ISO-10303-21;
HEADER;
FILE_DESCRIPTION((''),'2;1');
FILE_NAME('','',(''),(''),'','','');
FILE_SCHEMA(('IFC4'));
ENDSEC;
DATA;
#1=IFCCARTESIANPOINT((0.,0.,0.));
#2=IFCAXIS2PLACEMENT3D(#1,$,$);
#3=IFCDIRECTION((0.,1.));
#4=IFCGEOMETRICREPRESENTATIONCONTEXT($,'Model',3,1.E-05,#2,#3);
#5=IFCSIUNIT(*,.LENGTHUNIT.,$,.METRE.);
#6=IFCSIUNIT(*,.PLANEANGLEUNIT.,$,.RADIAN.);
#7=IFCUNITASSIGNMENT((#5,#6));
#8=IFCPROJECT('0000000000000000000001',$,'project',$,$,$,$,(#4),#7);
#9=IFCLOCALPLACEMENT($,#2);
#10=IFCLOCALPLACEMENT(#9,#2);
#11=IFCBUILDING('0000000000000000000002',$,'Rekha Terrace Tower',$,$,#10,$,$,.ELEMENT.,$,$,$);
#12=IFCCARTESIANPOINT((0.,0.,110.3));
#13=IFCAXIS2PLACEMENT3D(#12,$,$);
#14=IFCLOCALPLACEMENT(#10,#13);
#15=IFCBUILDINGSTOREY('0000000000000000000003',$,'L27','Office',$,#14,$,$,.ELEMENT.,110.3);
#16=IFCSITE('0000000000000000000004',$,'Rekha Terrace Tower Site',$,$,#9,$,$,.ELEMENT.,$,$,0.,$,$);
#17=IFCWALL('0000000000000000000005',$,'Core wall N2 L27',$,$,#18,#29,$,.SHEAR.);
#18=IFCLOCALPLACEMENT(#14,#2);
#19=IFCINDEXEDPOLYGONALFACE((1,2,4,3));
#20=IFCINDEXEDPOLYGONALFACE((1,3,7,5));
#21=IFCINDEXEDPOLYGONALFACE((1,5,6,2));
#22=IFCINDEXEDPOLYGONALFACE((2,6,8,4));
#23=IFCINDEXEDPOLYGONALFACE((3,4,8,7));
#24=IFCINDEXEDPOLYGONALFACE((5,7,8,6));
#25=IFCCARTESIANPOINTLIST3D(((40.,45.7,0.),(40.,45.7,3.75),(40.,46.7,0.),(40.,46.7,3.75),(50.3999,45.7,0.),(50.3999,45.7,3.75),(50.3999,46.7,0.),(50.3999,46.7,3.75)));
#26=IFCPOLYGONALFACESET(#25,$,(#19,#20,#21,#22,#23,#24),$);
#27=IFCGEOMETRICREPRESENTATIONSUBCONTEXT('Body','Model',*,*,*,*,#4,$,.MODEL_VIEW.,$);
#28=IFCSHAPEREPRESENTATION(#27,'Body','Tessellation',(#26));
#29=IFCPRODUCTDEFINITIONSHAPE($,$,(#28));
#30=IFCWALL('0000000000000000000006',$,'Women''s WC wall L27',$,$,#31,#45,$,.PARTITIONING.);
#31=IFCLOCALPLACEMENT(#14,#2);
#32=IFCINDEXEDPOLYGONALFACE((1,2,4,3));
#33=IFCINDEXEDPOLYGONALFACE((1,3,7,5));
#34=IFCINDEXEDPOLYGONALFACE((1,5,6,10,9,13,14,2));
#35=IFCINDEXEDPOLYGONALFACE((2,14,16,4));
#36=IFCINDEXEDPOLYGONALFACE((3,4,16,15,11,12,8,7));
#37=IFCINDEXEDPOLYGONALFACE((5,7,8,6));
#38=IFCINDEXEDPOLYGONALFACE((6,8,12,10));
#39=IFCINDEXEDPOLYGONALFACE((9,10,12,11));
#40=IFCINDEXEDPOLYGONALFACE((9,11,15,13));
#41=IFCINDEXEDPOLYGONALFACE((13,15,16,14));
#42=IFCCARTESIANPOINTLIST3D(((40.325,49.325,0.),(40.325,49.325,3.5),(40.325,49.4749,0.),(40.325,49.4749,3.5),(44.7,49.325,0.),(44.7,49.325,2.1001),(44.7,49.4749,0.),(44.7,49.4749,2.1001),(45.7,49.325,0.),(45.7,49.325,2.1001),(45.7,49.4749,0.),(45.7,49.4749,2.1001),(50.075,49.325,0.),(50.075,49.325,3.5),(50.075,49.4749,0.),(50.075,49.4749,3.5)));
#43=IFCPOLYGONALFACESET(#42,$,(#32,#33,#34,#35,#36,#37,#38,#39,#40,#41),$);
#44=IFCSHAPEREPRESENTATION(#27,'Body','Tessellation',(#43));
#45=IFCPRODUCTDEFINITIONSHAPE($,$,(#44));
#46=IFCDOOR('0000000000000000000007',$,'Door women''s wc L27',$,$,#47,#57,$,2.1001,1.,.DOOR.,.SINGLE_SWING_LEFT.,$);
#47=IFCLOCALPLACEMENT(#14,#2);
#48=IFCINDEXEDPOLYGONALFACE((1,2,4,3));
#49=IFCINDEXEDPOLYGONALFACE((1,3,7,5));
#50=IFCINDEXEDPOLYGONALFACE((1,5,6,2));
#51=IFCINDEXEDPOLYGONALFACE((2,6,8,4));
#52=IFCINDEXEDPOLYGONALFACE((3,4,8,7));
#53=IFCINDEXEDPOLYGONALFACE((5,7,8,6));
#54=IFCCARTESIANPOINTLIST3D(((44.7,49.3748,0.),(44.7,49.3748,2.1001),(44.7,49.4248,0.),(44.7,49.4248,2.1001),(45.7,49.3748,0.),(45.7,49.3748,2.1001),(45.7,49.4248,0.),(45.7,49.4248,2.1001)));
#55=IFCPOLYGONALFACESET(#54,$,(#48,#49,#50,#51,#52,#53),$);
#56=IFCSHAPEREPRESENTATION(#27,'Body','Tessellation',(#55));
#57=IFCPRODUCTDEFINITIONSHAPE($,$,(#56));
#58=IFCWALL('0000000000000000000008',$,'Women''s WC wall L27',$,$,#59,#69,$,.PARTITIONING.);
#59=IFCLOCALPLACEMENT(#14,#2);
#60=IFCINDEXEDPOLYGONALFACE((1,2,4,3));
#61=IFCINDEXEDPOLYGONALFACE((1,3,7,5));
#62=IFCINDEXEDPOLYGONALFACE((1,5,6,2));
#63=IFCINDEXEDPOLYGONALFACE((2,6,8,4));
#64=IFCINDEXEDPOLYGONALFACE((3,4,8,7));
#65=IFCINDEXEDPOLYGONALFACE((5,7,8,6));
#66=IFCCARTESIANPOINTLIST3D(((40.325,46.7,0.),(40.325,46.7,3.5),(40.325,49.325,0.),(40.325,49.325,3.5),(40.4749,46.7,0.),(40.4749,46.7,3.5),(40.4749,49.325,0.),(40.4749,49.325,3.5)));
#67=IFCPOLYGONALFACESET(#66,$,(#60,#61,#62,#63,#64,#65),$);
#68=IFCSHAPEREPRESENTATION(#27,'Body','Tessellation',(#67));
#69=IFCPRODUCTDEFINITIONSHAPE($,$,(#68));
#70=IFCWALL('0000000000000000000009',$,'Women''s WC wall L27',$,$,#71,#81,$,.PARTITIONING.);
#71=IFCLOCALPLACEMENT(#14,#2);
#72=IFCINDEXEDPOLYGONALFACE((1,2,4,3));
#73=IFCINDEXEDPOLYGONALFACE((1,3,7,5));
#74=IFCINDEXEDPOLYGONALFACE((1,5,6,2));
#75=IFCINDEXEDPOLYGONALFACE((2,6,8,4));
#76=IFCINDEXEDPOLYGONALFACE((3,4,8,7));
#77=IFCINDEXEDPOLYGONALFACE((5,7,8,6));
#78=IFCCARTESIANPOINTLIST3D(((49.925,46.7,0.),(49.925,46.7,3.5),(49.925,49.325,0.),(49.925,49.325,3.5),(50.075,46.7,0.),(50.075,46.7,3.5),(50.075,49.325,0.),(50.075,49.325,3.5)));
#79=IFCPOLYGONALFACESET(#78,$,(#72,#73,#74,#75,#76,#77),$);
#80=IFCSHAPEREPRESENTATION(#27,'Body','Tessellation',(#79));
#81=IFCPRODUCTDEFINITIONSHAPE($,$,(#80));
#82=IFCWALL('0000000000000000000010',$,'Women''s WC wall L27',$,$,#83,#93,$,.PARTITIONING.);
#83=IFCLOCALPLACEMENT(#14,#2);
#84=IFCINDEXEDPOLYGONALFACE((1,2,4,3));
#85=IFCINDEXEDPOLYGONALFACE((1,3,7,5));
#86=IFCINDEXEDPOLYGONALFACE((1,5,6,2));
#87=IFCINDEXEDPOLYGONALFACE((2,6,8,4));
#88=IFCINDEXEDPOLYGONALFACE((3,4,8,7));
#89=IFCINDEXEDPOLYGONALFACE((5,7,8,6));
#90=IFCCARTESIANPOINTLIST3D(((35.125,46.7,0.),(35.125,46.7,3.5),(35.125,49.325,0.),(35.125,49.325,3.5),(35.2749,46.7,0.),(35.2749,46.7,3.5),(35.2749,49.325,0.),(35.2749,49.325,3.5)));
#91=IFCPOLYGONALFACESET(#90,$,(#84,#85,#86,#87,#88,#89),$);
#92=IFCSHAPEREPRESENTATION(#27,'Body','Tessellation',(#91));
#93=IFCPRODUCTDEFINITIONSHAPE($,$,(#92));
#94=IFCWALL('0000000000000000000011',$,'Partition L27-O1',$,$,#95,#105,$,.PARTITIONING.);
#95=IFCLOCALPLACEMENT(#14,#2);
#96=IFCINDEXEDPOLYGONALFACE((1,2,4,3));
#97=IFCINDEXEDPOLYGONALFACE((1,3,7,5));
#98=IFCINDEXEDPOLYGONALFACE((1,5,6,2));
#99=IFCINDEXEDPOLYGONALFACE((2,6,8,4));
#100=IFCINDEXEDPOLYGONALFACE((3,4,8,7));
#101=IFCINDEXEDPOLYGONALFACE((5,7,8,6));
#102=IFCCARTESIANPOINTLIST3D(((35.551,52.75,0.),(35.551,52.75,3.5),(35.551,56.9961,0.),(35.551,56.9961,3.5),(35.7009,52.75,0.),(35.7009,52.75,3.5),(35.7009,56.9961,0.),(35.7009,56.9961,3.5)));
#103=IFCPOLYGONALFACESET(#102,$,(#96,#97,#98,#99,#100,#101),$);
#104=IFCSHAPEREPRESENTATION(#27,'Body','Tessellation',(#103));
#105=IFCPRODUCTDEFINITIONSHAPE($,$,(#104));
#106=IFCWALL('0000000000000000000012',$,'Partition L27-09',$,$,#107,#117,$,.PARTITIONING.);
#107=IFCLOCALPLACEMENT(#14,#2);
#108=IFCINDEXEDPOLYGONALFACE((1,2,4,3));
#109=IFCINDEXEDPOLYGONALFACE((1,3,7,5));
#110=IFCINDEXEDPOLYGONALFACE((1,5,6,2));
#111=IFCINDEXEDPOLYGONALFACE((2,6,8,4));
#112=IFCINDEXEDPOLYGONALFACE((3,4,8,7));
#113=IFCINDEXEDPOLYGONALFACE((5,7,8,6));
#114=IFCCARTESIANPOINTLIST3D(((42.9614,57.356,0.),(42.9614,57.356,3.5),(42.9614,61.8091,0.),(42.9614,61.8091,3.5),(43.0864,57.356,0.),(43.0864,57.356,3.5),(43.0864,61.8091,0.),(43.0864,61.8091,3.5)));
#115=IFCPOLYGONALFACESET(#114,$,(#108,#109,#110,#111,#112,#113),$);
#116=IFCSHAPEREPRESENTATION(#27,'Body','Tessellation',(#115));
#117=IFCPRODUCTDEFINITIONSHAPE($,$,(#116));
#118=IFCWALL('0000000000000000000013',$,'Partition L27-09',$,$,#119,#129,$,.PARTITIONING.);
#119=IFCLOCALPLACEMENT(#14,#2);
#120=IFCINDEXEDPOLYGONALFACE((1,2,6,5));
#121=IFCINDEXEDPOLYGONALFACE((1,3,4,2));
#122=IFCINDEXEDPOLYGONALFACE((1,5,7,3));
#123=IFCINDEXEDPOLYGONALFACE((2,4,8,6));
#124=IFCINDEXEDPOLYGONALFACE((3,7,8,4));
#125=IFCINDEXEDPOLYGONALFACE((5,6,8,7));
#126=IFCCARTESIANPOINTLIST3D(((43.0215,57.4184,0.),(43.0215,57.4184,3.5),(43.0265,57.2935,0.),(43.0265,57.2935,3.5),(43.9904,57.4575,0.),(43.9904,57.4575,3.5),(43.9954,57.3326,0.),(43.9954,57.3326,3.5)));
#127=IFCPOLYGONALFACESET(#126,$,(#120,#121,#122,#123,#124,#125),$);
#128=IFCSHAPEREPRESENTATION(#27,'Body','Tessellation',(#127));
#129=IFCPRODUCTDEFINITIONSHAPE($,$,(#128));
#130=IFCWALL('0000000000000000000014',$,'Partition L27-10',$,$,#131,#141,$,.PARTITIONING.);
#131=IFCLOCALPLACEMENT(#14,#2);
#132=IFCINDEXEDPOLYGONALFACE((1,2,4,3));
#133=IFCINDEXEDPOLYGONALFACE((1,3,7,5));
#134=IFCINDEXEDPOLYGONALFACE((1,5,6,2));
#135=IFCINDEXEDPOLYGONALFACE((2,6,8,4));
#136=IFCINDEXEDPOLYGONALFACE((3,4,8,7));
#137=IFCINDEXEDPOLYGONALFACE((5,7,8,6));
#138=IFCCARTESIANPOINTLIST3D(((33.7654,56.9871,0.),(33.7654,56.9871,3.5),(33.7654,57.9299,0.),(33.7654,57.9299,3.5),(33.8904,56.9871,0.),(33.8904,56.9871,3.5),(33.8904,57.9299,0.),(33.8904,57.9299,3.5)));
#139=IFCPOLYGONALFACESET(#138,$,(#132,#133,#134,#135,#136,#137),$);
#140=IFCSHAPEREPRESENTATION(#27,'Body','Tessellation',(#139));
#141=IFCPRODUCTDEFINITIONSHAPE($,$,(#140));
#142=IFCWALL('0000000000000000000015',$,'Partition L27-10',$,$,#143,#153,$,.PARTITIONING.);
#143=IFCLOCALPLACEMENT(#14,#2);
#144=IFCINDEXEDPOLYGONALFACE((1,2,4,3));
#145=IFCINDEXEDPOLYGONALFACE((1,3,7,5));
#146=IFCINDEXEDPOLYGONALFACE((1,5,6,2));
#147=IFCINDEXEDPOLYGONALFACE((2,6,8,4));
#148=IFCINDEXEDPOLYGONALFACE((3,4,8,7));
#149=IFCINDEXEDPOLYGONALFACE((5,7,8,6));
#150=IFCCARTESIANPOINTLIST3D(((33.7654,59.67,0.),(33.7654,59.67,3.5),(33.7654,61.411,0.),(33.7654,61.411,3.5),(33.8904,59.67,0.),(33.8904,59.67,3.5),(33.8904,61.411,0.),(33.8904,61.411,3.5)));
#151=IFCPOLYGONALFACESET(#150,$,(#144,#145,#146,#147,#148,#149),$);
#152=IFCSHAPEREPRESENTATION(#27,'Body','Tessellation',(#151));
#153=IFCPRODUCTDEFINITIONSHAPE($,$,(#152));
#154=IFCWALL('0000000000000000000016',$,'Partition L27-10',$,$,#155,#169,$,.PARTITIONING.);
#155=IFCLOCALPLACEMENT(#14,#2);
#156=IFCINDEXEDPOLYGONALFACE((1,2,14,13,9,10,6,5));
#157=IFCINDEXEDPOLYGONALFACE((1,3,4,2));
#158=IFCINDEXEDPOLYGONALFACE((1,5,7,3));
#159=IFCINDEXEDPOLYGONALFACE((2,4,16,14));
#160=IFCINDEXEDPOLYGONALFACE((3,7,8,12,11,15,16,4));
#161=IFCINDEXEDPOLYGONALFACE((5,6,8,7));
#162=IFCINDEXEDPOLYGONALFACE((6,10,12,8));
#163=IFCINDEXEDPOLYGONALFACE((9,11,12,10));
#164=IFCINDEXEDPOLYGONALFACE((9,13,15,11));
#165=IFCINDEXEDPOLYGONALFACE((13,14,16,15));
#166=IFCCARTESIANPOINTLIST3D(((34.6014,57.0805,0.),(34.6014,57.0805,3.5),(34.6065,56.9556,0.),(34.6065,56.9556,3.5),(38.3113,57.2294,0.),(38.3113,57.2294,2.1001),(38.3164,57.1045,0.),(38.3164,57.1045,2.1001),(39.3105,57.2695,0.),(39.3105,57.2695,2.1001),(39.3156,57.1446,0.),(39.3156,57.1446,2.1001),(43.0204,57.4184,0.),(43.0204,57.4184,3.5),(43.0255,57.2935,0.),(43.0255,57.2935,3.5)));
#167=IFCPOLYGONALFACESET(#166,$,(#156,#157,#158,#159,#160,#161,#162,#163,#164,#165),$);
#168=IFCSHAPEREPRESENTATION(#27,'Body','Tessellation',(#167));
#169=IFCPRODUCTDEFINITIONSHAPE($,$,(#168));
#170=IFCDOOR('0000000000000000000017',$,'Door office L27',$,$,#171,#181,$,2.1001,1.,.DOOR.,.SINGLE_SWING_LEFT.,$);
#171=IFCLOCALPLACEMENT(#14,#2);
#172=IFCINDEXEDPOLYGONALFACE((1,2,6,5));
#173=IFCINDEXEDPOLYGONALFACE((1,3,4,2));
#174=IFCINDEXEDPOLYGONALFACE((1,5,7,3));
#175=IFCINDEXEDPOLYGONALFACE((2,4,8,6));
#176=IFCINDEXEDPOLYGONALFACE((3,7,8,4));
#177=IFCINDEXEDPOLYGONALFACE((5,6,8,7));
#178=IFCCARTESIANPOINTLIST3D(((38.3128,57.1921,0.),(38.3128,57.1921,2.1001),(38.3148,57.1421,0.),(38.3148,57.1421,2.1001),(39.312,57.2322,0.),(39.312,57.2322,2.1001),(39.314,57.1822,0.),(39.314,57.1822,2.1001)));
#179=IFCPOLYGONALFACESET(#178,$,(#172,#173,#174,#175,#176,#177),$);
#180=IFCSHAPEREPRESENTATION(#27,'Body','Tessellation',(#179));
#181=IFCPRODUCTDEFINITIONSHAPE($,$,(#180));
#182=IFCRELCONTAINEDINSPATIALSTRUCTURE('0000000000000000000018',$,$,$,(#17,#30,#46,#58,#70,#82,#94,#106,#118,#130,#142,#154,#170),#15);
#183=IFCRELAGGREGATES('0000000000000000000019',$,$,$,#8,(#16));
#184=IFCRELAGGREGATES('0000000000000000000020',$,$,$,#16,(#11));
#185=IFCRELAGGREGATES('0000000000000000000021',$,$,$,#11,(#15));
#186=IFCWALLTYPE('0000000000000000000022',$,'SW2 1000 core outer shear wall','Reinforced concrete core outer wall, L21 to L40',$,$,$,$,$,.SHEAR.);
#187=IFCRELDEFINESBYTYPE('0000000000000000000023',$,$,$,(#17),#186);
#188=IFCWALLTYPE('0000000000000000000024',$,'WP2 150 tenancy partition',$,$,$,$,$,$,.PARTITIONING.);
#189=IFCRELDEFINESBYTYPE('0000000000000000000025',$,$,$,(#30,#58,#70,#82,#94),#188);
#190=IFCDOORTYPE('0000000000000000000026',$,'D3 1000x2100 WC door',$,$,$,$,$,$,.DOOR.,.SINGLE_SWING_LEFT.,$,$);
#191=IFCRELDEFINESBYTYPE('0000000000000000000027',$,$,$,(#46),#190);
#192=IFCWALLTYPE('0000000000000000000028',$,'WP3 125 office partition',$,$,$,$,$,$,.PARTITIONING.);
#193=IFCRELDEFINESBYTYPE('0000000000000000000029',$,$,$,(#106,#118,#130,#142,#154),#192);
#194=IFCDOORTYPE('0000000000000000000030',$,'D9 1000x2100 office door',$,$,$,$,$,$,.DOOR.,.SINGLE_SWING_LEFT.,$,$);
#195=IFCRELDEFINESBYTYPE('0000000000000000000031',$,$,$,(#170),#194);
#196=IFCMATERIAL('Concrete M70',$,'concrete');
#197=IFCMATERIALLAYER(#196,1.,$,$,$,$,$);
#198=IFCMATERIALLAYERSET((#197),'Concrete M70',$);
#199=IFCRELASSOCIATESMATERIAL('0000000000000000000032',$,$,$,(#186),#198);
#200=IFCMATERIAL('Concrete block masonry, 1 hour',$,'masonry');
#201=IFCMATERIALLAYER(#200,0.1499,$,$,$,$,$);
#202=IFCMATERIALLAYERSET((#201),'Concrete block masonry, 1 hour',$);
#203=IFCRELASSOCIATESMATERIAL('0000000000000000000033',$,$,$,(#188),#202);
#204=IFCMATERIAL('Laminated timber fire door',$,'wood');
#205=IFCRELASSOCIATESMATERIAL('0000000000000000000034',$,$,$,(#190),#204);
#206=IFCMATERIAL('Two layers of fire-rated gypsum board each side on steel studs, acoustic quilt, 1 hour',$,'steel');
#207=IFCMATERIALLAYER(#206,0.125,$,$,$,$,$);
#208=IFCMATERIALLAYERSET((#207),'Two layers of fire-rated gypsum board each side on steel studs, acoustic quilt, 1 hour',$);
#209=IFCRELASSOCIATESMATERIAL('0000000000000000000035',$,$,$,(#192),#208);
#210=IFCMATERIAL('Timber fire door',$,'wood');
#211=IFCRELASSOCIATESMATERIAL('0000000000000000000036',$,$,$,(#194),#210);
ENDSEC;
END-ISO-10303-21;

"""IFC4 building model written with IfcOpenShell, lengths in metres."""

from ifc_helpers import new_model, si_unit, direction, frame, frame_2d, origin, place, context, subcontext, project, spatial, rectangle, extrude, material, layer, layer_set, type_object, element, fill, save


model = new_model("IFC4")

# Units and contexts
model_context = context("Model", 3, precision=1e-05, world=origin(), true_north=direction((0.0, 1.0)))
body_context = subcontext(model_context, "Body", "Model", "MODEL_VIEW")
ifc_project = project(units=[si_unit("LENGTHUNIT", "METRE"), si_unit("PLANEANGLEUNIT", "RADIAN")], contexts=[model_context])

# Site, building, storey
site_placement = place(None, origin())
site = spatial("IfcSite", under=ifc_project, at=site_placement, Name="Rekha Terrace Tower Site", CompositionType="ELEMENT", RefElevation=0.0)
building_placement = place(site_placement, origin())
building = spatial("IfcBuilding", under=site, at=building_placement, Name="Rekha Terrace Tower", CompositionType="ELEMENT")
storey_placement = place(building_placement, frame((0.0, 0.0, 110.3)))
storey = spatial("IfcBuildingStorey", under=building, at=storey_placement, Name="L27", Description="Office", CompositionType="ELEMENT", Elevation=110.3)

# Shared definitions
ifc_material_1 = material(Name="Concrete M70", Category="concrete")

# Wall
ifc_layer_1 = layer(ifc_material_1, 1.0)
ifc_layer_set_1 = layer_set([ifc_layer_1], Name="Concrete M70")
wall_type_1 = type_object("IfcWallType", Name="SW2 1000 core outer shear wall", Description="Reinforced concrete core outer wall, L21 to L40", PredefinedType="SHEAR", material=ifc_layer_set_1)
wall_1_placement = place(storey_placement, frame((40.0, 46.2, 0.0), z_axis=(0.0, 0.0, 1.0), x_axis=(1.0, 0.0, 0.0)))
element("IfcWall", 1, at=wall_1_placement, inside=storey, type_object=wall_type_1, Name="Core wall N2 L27", PredefinedType="SHEAR", context=body_context, shape_type="SweptSolid", body=[
    extrude(rectangle(XDim=10.3999, YDim=1.0, at=frame_2d((5.2, 0.0))), origin(), (0.0, 0.0, 1.0), 3.75),
])

# Wall, opening, door
ifc_material_2 = material(Name="Concrete block masonry, 1 hour", Category="masonry")
ifc_layer_2 = layer(ifc_material_2, 0.1499)
ifc_layer_set_2 = layer_set([ifc_layer_2], Name="Concrete block masonry, 1 hour")
wall_type_2 = type_object("IfcWallType", Name="WP2 150 tenancy partition", PredefinedType="PARTITIONING", material=ifc_layer_set_2)
wall_2_placement = place(storey_placement, frame((40.325, 49.3999, 0.0), z_axis=(0.0, 0.0, 1.0), x_axis=(1.0, 0.0, 0.0)))
wall_2 = element("IfcWall", 2, at=wall_2_placement, inside=storey, type_object=wall_type_2, Name="Women's WC wall L27", PredefinedType="PARTITIONING", context=body_context, shape_type="SweptSolid", body=[
    extrude(rectangle(XDim=9.75, YDim=0.1499, at=frame_2d((4.875, 0.0))), origin(), (0.0, 0.0, 1.0), 3.5),
])
opening_1_placement = place(wall_2_placement, frame((4.375, 0.0, 0.0)))
opening_1 = element("IfcOpeningElement", 3, at=opening_1_placement, cuts=wall_2, PredefinedType="OPENING", context=body_context, shape_type="SweptSolid", body=[
    extrude(rectangle(XDim=1.0, YDim=2.1001, at=frame_2d((0.5, 1.05))), frame((0.0, 0.085, 0.0), z_axis=(0.0, -1.0, 0.0), x_axis=(1.0, 0.0, 0.0)), (0.0, 0.0, 1.0), 0.1699),
])
ifc_material_3 = material(Name="Laminated timber fire door", Category="wood")
door_type_1 = type_object("IfcDoorType", Name="D3 1000x2100 WC door", OperationType="SINGLE_SWING_LEFT", PredefinedType="DOOR", material=ifc_material_3)
door_1_placement = place(opening_1_placement, origin())
door_1 = element("IfcDoor", 4, at=door_1_placement, inside=storey, type_object=door_type_1, Name="Door women's wc L27", OperationType="SINGLE_SWING_LEFT", OverallHeight=2.1001, OverallWidth=1.0, PredefinedType="DOOR", context=body_context, shape_type="SweptSolid", body=[
    extrude(rectangle(XDim=1.0, YDim=2.1001, at=frame_2d((0.5, 1.05))), frame((0.0, 0.0249, 0.0), z_axis=(0.0, -1.0, 0.0), x_axis=(1.0, 0.0, 0.0)), (0.0, 0.0, 1.0), 0.05),
])
fill(opening_1, door_1)

# Walls
for number, where, z_axis, x_axis, name in (
    (5, (40.3999, 46.7, 0.0), (0.0, 0.0, 1.0), (0.0, 1.0, 0.0), "Women's WC wall L27"),
    (6, (50.0, 46.7, 0.0), (0.0, 0.0, 1.0), (0.0, 1.0, 0.0), "Women's WC wall L27"),
    (7, (35.2, 46.7, 0.0), (0.0, 0.0, 1.0), (0.0, 1.0, 0.0), "Women's WC wall L27"),
):
    element("IfcWall", number, at=place(storey_placement, frame(where, z_axis=z_axis, x_axis=x_axis)), inside=storey, type_object=wall_type_2, Name=name, PredefinedType="PARTITIONING", context=body_context, shape_type="SweptSolid", body=[
        extrude(rectangle(XDim=2.625, YDim=0.1499, at=frame_2d((1.3125, 0.0))), origin(), (0.0, 0.0, 1.0), 3.5),
    ])
wall_3_placement = place(storey_placement, frame((35.626, 52.75, 0.0), z_axis=(0.0, 0.0, 1.0), x_axis=(0.0, 1.0, 0.0)))
element("IfcWall", 8, at=wall_3_placement, inside=storey, type_object=wall_type_2, Name="Partition L27-O1", PredefinedType="PARTITIONING", context=body_context, shape_type="SweptSolid", body=[
    extrude(rectangle(XDim=4.2461, YDim=0.1499, at=frame_2d((2.123, 0.0))), origin(), (0.0, 0.0, 1.0), 3.5),
])
ifc_material_4 = material(Name="Two layers of fire-rated gypsum board each side on steel studs, acoustic quilt, 1 hour", Category="steel")
ifc_layer_3 = layer(ifc_material_4, 0.125)
ifc_layer_set_3 = layer_set([ifc_layer_3], Name="Two layers of fire-rated gypsum board each side on steel studs, acoustic quilt, 1 hour")
wall_type_3 = type_object("IfcWallType", Name="WP3 125 office partition", PredefinedType="PARTITIONING", material=ifc_layer_set_3)
wall_4_placement = place(storey_placement, frame((43.0239, 57.356, 0.0), z_axis=(0.0, 0.0, 1.0), x_axis=(0.0, 1.0, 0.0)))
element("IfcWall", 9, at=wall_4_placement, inside=storey, type_object=wall_type_3, Name="Partition L27-09", PredefinedType="PARTITIONING", context=body_context, shape_type="SweptSolid", body=[
    extrude(rectangle(XDim=4.4531, YDim=0.125, at=frame_2d((2.2266, 0.0))), origin(), (0.0, 0.0, 1.0), 3.5),
])
wall_5_placement = place(storey_placement, frame((43.9929, 57.395, 0.0), z_axis=(0.0, 0.0, 1.0), x_axis=(-0.999188, -0.04028, 0.0)))
element("IfcWall", 10, at=wall_5_placement, inside=storey, type_object=wall_type_3, Name="Partition L27-09", PredefinedType="PARTITIONING", context=body_context, shape_type="SweptSolid", body=[
    extrude(rectangle(XDim=0.9697, YDim=0.125, at=frame_2d((0.4849, 0.0))), origin(), (0.0, 0.0, 1.0), 3.5),
])
wall_6_placement = place(storey_placement, frame((33.8279, 56.9871, 0.0), z_axis=(0.0, 0.0, 1.0), x_axis=(0.0, 1.0, 0.0)))
element("IfcWall", 11, at=wall_6_placement, inside=storey, type_object=wall_type_3, Name="Partition L27-10", PredefinedType="PARTITIONING", context=body_context, shape_type="SweptSolid", body=[
    extrude(rectangle(XDim=0.9429, YDim=0.125, at=frame_2d((0.4714, 0.0))), origin(), (0.0, 0.0, 1.0), 3.5),
])
wall_7_placement = place(storey_placement, frame((33.8279, 59.6699, 0.0), z_axis=(0.0, 0.0, 1.0), x_axis=(0.0, 1.0, 0.0)))
element("IfcWall", 12, at=wall_7_placement, inside=storey, type_object=wall_type_3, Name="Partition L27-10", PredefinedType="PARTITIONING", context=body_context, shape_type="SweptSolid", body=[
    extrude(rectangle(XDim=1.741, YDim=0.125, at=frame_2d((0.8706, 0.0))), origin(), (0.0, 0.0, 1.0), 3.5),
])

# Wall, opening, door
wall_8_placement = place(storey_placement, frame((43.0229, 57.356, 0.0), z_axis=(0.0, 0.0, 1.0), x_axis=(-0.999196, -0.040102, 0.0)))
wall_8 = element("IfcWall", 13, at=wall_8_placement, inside=storey, type_object=wall_type_3, Name="Partition L27-10", PredefinedType="PARTITIONING", context=body_context, shape_type="SweptSolid", body=[
    extrude(rectangle(XDim=8.4258, YDim=0.125, at=frame_2d((4.2129, 0.0))), origin(), (0.0, 0.0, 1.0), 3.5),
])
opening_2_placement = place(wall_8_placement, frame((3.7129, 0.0, 0.0)))
opening_2 = element("IfcOpeningElement", 14, at=opening_2_placement, cuts=wall_8, PredefinedType="OPENING", context=body_context, shape_type="SweptSolid", body=[
    extrude(rectangle(XDim=1.0, YDim=2.1001, at=frame_2d((0.5, 1.05))), frame((0.0, 0.0725, 0.0), z_axis=(0.0, -1.0, 0.0), x_axis=(1.0, 0.0, 0.0)), (0.0, 0.0, 1.0), 0.145),
])
ifc_material_5 = material(Name="Timber fire door", Category="wood")
door_type_2 = type_object("IfcDoorType", Name="D9 1000x2100 office door", OperationType="SINGLE_SWING_LEFT", PredefinedType="DOOR", material=ifc_material_5)
door_2_placement = place(opening_2_placement, origin())
door_2 = element("IfcDoor", 15, at=door_2_placement, inside=storey, type_object=door_type_2, Name="Door office L27", OperationType="SINGLE_SWING_LEFT", OverallHeight=2.1001, OverallWidth=1.0, PredefinedType="DOOR", context=body_context, shape_type="SweptSolid", body=[
    extrude(rectangle(XDim=1.0, YDim=2.1001, at=frame_2d((0.5, 1.05))), frame((0.0, 0.0249, 0.0), z_axis=(0.0, -1.0, 0.0), x_axis=(1.0, 0.0, 0.0)), (0.0, 0.0, 1.0), 0.05),
])
fill(opening_2, door_2)

save(model, "model.ifc")
